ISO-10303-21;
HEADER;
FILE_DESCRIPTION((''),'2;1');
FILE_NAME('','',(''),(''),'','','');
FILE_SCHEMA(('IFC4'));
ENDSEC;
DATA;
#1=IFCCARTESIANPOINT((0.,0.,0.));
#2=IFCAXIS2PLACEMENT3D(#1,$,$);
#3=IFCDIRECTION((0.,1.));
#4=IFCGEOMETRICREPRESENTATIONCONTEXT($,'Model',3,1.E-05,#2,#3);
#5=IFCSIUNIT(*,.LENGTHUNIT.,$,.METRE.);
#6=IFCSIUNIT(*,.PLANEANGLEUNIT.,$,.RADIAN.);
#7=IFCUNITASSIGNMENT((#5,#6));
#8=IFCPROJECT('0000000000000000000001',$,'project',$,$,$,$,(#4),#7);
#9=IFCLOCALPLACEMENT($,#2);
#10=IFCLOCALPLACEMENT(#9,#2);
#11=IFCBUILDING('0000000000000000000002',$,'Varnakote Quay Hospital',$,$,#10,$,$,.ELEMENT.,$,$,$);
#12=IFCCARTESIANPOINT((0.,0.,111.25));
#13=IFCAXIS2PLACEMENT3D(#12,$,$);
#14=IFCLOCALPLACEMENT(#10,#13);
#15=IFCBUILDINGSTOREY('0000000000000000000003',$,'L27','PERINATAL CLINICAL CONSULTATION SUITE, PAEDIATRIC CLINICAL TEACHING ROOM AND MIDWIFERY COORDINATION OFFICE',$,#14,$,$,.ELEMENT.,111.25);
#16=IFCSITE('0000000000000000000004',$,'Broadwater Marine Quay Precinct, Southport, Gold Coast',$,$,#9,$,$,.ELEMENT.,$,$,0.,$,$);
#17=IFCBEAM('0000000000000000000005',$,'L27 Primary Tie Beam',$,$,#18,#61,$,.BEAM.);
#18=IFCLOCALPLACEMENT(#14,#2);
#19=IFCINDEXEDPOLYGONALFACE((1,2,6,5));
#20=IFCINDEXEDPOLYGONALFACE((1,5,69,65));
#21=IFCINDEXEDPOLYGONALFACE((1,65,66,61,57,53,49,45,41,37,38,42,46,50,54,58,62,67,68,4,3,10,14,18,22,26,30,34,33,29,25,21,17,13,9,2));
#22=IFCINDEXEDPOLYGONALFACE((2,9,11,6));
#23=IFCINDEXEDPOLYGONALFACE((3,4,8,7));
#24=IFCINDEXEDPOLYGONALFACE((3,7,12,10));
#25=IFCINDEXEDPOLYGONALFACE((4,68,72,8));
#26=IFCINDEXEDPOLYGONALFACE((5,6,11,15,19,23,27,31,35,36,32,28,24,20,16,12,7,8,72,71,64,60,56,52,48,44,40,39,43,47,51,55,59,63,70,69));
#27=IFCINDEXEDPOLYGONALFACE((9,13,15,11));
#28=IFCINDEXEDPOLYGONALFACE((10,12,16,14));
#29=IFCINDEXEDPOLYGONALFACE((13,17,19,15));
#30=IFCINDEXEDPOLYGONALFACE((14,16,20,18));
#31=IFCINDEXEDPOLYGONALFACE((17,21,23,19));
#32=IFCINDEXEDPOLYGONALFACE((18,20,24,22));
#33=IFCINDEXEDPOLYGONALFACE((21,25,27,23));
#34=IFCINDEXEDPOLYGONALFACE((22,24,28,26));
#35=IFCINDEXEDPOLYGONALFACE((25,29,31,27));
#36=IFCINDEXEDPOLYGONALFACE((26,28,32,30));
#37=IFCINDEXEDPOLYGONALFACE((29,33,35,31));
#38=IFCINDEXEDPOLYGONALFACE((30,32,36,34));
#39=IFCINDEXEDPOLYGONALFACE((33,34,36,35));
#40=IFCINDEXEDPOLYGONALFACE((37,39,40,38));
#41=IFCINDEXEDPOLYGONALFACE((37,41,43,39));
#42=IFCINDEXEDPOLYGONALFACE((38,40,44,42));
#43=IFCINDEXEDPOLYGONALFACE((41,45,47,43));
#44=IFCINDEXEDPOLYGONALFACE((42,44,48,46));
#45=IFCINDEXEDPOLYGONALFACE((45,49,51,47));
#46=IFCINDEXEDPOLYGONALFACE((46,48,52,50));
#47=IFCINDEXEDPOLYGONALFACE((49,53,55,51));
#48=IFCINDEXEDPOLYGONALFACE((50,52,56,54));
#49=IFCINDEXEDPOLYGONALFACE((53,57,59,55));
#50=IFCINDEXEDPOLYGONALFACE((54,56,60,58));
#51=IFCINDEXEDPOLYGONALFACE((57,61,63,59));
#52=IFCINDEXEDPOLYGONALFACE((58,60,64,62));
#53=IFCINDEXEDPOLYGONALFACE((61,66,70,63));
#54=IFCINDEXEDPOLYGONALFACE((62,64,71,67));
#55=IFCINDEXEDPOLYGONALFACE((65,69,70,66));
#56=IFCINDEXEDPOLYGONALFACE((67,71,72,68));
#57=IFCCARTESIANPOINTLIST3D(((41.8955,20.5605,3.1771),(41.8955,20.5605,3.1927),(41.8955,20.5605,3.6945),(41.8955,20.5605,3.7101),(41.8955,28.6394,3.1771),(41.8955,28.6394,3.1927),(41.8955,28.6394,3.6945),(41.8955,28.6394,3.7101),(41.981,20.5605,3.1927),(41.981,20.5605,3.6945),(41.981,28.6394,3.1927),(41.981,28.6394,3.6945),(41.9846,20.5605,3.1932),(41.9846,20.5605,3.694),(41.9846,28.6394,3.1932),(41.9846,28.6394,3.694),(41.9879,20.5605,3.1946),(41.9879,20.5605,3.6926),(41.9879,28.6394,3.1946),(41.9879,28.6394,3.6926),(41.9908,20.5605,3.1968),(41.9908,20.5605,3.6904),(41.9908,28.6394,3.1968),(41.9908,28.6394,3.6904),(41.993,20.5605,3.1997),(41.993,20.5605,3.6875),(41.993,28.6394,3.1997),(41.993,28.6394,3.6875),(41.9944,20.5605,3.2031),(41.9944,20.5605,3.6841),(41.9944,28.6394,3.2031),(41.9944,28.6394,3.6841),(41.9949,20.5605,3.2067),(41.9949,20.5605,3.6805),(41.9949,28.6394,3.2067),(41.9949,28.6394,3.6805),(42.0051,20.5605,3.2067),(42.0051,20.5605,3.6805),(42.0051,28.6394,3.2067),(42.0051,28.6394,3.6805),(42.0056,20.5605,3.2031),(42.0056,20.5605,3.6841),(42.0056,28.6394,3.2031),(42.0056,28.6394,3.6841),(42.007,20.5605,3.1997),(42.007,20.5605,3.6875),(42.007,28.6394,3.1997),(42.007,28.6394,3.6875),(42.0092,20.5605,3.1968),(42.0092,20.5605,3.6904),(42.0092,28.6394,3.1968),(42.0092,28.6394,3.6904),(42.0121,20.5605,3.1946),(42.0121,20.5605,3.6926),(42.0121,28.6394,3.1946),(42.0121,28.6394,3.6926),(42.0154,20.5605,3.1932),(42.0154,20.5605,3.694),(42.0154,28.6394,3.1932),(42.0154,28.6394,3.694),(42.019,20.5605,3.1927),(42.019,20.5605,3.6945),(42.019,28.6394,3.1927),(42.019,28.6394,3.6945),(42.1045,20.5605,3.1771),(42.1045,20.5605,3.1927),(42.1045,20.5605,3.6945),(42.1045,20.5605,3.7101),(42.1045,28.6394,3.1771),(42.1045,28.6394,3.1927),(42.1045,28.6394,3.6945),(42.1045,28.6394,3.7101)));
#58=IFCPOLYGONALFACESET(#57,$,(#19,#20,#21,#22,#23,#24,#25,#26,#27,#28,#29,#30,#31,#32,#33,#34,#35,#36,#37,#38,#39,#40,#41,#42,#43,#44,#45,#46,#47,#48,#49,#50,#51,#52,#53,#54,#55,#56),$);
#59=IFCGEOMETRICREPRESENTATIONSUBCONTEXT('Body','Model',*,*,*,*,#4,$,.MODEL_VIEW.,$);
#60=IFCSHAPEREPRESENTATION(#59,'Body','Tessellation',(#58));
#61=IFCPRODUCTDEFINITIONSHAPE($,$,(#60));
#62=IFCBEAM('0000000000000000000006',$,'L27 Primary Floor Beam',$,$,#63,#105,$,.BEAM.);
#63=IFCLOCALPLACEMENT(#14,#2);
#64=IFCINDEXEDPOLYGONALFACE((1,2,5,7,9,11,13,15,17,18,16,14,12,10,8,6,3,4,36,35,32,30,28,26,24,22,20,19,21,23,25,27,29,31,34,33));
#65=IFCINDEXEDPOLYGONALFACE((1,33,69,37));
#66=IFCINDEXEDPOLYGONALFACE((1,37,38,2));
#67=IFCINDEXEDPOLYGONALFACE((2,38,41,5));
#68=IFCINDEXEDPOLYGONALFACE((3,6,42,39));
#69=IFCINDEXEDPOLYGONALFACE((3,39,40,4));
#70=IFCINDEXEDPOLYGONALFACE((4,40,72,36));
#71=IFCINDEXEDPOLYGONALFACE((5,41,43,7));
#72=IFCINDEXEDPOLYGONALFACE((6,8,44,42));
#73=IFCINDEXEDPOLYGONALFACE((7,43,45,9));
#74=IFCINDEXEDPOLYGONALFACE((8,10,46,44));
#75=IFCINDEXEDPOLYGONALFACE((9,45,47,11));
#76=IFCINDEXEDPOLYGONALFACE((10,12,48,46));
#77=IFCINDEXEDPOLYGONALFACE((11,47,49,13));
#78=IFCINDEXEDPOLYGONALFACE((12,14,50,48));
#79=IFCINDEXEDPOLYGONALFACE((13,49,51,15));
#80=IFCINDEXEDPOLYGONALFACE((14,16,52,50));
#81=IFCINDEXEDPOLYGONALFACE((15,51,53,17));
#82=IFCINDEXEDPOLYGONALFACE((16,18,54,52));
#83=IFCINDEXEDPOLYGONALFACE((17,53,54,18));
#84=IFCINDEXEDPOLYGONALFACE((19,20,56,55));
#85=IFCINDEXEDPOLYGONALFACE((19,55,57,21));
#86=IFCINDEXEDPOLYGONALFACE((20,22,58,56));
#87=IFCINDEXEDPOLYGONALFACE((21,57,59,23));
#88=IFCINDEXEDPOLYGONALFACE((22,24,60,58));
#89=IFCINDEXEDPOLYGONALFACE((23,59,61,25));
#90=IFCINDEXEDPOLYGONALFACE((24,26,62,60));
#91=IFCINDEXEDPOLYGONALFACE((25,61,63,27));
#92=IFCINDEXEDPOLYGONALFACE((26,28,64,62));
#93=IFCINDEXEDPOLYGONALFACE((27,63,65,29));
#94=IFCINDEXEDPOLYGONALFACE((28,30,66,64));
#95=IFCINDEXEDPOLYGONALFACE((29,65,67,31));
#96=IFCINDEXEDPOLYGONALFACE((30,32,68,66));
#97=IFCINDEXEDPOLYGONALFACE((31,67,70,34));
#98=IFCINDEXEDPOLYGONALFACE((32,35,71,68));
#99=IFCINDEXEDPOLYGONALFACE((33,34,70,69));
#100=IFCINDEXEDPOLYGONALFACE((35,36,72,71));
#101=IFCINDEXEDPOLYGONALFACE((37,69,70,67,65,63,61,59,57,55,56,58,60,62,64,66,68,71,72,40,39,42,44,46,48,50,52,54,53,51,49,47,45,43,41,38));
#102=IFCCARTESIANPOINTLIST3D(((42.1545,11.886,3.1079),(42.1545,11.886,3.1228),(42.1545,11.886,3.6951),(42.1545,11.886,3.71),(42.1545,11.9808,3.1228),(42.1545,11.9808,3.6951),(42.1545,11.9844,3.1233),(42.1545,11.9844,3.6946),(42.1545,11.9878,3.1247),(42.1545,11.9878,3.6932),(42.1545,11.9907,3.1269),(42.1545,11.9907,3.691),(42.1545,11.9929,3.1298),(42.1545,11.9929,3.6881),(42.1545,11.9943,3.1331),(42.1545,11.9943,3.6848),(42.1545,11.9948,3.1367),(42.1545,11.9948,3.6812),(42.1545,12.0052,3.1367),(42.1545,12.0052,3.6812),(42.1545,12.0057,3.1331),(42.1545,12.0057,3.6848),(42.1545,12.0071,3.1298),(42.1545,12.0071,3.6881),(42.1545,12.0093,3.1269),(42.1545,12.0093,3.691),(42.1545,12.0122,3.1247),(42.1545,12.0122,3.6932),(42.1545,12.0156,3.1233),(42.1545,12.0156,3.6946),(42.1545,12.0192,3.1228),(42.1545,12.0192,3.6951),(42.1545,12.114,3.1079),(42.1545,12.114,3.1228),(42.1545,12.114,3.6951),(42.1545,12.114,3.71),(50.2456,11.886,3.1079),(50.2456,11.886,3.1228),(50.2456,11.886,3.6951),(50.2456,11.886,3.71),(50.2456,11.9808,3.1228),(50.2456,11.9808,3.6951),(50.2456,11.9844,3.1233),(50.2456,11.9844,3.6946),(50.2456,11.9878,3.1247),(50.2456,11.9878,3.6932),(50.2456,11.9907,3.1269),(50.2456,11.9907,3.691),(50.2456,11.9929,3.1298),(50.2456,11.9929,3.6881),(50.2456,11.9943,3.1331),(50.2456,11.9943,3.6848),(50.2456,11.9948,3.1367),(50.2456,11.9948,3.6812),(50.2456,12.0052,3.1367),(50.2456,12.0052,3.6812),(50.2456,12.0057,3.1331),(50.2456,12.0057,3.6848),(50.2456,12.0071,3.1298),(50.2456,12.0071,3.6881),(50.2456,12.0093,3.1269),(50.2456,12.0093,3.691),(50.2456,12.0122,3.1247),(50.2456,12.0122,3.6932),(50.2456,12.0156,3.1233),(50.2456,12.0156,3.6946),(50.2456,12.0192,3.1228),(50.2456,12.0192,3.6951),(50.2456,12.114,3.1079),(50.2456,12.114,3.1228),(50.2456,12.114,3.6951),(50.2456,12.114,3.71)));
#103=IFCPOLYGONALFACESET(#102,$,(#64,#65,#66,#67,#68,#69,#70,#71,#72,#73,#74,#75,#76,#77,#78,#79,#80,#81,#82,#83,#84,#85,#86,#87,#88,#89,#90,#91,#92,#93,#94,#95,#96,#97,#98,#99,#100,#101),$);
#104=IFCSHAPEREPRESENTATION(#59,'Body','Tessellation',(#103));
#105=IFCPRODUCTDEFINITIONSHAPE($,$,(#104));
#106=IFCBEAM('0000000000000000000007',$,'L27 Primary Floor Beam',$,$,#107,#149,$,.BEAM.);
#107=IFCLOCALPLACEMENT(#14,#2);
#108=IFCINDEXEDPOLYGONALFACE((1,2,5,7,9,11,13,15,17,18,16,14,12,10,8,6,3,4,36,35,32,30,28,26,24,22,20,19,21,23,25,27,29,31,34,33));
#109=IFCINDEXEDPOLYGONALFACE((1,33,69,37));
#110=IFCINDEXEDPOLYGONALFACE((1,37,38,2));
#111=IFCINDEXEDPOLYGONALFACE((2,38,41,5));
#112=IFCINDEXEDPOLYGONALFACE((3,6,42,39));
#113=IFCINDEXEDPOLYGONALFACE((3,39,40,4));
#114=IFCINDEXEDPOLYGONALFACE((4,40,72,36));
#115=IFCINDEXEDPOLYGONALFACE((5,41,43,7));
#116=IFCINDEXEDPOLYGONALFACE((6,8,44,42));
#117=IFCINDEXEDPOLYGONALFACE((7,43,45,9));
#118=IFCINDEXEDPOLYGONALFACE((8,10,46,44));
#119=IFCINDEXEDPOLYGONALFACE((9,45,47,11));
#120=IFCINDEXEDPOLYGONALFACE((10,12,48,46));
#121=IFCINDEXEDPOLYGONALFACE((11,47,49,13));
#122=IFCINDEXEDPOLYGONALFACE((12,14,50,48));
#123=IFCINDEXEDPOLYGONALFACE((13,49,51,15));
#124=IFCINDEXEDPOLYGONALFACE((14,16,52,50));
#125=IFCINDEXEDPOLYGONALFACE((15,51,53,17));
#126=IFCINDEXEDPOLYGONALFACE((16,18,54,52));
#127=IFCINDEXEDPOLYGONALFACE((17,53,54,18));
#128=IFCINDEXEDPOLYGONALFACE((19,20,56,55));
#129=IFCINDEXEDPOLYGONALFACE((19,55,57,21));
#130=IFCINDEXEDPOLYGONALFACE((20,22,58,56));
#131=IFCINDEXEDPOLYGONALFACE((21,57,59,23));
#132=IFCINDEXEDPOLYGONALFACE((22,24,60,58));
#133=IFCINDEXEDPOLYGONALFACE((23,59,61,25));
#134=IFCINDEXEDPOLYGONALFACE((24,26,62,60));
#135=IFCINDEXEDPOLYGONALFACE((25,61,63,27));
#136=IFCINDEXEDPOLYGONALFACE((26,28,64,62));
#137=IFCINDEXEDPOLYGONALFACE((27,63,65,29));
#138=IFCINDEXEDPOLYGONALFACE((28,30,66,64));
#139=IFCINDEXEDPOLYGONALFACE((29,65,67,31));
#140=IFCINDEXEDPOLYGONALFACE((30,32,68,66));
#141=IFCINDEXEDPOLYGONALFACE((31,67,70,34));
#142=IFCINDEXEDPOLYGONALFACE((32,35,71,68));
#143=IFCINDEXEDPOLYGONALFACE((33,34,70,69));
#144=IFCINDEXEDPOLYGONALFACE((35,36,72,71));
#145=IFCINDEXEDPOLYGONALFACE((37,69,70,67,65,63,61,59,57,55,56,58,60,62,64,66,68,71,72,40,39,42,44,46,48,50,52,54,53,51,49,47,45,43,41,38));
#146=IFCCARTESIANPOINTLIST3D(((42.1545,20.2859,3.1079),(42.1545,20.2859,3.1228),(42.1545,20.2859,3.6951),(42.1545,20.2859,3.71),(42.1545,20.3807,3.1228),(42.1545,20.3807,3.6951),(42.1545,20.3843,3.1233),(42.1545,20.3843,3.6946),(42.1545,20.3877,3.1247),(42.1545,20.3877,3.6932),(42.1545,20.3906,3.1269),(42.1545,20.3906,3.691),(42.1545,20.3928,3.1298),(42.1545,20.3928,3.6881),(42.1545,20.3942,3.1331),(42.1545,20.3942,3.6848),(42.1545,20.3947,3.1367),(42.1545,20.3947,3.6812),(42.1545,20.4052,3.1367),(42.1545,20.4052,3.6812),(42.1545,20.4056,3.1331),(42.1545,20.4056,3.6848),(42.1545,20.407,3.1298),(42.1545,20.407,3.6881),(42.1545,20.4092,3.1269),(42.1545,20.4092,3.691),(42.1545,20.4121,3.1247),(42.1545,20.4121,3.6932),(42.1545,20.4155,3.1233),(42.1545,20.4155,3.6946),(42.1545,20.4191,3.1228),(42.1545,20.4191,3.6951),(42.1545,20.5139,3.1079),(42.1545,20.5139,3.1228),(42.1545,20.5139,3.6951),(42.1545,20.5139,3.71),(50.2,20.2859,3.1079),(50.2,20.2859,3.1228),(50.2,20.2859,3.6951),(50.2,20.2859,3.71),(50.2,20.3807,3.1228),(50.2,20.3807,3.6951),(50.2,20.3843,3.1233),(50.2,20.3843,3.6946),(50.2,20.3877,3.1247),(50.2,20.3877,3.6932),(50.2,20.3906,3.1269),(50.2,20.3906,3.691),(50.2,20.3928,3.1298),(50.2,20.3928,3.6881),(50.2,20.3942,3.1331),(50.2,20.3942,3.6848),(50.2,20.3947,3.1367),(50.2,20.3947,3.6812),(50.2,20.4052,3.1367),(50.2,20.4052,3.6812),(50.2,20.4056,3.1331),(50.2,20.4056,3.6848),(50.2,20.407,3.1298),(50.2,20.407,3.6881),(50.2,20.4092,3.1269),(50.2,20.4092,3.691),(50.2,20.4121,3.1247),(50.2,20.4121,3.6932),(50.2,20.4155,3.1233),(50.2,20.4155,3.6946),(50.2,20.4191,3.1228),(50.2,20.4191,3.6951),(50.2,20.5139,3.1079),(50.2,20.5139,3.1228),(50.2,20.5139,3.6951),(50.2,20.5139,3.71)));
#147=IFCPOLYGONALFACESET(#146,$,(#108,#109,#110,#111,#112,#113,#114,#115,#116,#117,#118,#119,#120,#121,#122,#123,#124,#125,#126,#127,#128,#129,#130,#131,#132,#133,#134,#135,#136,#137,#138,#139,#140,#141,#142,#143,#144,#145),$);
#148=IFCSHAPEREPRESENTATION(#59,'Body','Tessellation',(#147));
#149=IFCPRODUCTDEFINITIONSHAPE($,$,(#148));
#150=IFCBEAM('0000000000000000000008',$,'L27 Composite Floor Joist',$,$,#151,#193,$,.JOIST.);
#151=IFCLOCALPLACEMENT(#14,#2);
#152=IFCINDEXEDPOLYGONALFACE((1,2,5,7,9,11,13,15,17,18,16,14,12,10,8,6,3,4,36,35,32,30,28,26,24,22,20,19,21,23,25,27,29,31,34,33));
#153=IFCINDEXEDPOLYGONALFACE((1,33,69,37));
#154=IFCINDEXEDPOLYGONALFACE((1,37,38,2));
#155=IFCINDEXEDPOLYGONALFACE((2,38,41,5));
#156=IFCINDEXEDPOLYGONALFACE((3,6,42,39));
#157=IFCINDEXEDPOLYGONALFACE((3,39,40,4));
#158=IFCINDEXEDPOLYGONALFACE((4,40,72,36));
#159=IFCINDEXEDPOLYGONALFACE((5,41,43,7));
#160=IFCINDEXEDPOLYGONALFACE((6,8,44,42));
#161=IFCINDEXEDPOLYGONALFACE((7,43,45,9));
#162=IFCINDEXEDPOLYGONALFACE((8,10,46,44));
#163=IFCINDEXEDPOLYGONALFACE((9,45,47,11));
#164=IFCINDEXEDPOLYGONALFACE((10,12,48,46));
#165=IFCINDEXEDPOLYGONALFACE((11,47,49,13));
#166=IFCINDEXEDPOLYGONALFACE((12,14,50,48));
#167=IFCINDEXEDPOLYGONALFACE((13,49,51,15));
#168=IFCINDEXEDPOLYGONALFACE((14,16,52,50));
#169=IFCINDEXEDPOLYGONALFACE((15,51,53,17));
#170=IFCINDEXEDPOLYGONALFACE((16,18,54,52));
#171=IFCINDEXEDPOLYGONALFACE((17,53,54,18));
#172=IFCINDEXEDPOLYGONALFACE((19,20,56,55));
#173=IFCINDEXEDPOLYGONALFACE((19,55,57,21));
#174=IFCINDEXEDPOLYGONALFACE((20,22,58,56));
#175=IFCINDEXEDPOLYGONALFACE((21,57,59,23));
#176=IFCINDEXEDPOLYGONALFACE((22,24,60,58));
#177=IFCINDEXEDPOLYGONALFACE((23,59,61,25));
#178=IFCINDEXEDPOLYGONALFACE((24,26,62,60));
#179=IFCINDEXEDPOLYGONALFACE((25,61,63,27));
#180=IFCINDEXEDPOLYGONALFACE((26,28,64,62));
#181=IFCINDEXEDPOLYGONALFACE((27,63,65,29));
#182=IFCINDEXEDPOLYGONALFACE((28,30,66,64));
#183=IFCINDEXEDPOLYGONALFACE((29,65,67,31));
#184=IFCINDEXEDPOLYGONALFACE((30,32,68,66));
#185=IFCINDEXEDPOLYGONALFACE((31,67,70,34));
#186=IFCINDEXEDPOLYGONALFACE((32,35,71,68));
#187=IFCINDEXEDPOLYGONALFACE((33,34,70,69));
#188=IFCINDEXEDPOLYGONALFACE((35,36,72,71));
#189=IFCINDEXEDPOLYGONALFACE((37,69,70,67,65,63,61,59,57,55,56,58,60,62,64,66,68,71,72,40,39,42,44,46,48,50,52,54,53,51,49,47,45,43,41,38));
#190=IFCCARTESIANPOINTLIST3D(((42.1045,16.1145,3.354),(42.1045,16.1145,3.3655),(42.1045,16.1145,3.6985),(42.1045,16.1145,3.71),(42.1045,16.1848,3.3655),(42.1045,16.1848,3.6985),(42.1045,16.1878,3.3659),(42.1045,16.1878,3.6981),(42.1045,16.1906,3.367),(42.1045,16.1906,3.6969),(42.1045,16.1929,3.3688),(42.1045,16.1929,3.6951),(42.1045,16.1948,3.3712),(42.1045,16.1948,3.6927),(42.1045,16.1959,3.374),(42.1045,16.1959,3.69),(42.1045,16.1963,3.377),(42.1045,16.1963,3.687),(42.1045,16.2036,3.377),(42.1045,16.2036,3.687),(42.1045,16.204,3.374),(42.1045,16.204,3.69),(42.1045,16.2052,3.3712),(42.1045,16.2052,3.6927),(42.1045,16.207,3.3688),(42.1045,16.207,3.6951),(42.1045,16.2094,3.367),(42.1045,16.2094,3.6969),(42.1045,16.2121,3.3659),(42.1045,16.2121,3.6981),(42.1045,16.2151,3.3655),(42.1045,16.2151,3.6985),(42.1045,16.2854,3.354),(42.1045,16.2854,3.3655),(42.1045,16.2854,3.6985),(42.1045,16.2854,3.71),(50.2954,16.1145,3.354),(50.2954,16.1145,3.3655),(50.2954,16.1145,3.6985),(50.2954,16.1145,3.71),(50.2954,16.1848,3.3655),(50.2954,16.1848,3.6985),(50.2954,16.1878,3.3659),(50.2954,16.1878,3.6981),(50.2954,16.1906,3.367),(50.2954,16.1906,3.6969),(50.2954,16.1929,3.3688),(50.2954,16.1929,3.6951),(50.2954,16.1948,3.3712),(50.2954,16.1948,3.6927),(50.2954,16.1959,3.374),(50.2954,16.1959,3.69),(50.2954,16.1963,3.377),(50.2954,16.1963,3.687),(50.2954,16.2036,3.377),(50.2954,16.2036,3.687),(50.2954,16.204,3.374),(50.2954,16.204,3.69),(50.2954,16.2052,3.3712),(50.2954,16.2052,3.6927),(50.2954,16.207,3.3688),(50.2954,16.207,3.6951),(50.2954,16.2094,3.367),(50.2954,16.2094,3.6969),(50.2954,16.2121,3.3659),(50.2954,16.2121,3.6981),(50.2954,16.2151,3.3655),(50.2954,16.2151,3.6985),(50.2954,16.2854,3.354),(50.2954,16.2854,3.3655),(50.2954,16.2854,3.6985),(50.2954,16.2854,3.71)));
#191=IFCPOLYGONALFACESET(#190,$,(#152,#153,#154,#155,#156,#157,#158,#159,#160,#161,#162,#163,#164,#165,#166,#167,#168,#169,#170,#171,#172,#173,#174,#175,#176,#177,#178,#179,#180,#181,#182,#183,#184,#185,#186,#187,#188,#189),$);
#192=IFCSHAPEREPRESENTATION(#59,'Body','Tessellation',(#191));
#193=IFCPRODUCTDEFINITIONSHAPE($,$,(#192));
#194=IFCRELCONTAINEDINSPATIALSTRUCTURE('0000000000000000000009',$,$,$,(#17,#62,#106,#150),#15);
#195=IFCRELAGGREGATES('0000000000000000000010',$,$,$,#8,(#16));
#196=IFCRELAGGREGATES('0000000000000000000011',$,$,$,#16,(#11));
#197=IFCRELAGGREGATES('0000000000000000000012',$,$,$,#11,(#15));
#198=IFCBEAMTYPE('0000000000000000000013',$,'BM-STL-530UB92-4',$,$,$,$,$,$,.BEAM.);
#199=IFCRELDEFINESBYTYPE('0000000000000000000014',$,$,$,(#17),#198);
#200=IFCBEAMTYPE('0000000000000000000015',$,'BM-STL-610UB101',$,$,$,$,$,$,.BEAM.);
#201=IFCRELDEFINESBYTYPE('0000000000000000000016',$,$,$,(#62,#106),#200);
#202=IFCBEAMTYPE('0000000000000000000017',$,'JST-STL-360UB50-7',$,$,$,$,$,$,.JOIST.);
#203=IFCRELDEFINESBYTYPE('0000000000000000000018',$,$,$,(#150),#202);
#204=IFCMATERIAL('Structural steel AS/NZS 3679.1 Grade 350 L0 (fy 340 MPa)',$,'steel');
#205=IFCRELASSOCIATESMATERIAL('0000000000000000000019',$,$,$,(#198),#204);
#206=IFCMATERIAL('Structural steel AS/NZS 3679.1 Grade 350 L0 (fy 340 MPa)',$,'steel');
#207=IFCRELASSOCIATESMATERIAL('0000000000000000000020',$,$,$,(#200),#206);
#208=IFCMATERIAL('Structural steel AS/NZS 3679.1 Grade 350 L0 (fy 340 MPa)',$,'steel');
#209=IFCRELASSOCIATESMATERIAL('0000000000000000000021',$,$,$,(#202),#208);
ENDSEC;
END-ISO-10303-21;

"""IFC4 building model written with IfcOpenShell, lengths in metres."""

from ifc_helpers import new_model, si_unit, direction, frame, origin, origin_2d, place, context, subcontext, project, spatial, i_section, extrude, material, material_profile, profile_set, type_object, element, save


model = new_model("IFC4")

# Units and contexts
model_context = context("Model", 3, precision=1e-05, world=origin(), true_north=direction((0.0, 1.0)))
body_context = subcontext(model_context, "Body", "Model", "MODEL_VIEW")
ifc_project = project(units=[si_unit("LENGTHUNIT", "METRE"), si_unit("PLANEANGLEUNIT", "RADIAN")], contexts=[model_context])

# Site, building, storey
site_placement = place(None, origin())
site = spatial("IfcSite", under=ifc_project, at=site_placement, Name="Broadwater Marine Quay Precinct, Southport, Gold Coast", CompositionType="ELEMENT", RefElevation=0.0)
building_placement = place(site_placement, origin())
building = spatial("IfcBuilding", under=site, at=building_placement, Name="Varnakote Quay Hospital", CompositionType="ELEMENT")
storey_placement = place(building_placement, frame((0.0, 0.0, 111.25)))
storey = spatial("IfcBuildingStorey", under=building, at=storey_placement, Name="L27", Description="PERINATAL CLINICAL CONSULTATION SUITE, PAEDIATRIC CLINICAL TEACHING ROOM AND MIDWIFERY COORDINATION OFFICE", CompositionType="ELEMENT", Elevation=111.25)

# Beams
ifc_material_1 = material(Name="Structural steel AS/NZS 3679.1 Grade 350 L0 (fy 340 MPa)", Category="steel")
ifc_material_profile_1 = material_profile(ifc_material_1, i_section(OverallWidth=0.209, OverallDepth=0.533, WebThickness=0.0103, FlangeThickness=0.0156, FilletRadius=0.0139, at=origin_2d()), Name="530UB92.4")
ifc_profile_set_1 = profile_set([ifc_material_profile_1], Name="Structural steel AS/NZS 3679.1 Grade 350 L0 (fy 340 MPa)")
beam_type_1 = type_object("IfcBeamType", Name="BM-STL-530UB92-4", PredefinedType="BEAM", material=ifc_profile_set_1)
beam_1_placement = place(storey_placement, frame((42.0, 20.5605, 3.4436), z_axis=(0.0, 1.0, 0.0), x_axis=(-1.0, 0.0, 0.0)))
element("IfcBeam", 1, at=beam_1_placement, inside=storey, type_object=beam_type_1, Name="L27 Primary Tie Beam", PredefinedType="BEAM", context=body_context, shape_type="SweptSolid", body=[
    extrude(i_section(OverallWidth=0.209, OverallDepth=0.533, WebThickness=0.0103, FlangeThickness=0.0156, FilletRadius=0.0139, at=origin_2d()), origin(), (0.0, 0.0, 1.0), 8.0789),
])
ifc_material_2 = material(Name="Structural steel AS/NZS 3679.1 Grade 350 L0 (fy 340 MPa)", Category="steel")
ifc_material_profile_2 = material_profile(ifc_material_2, i_section(OverallWidth=0.228, OverallDepth=0.6021, WebThickness=0.0105, FlangeThickness=0.0149, FilletRadius=0.0139, at=origin_2d()), Name="610UB101")
ifc_profile_set_2 = profile_set([ifc_material_profile_2], Name="Structural steel AS/NZS 3679.1 Grade 350 L0 (fy 340 MPa)")
beam_type_2 = type_object("IfcBeamType", Name="BM-STL-610UB101", PredefinedType="BEAM", material=ifc_profile_set_2)
beam_2_placement = place(storey_placement, frame((42.1545, 12.0, 3.4089), z_axis=(1.0, 0.0, 0.0), x_axis=(0.0, 1.0, 0.0)))
element("IfcBeam", 2, at=beam_2_placement, inside=storey, type_object=beam_type_2, Name="L27 Primary Floor Beam", PredefinedType="BEAM", context=body_context, shape_type="SweptSolid", body=[
    extrude(i_section(OverallWidth=0.228, OverallDepth=0.6021, WebThickness=0.0105, FlangeThickness=0.0149, FilletRadius=0.0139, at=origin_2d()), origin(), (0.0, 0.0, 1.0), 8.0911),
])
beam_3_placement = place(storey_placement, frame((42.1545, 20.3999, 3.4089), z_axis=(1.0, 0.0, 0.0), x_axis=(0.0, 1.0, 0.0)))
element("IfcBeam", 3, at=beam_3_placement, inside=storey, type_object=beam_type_2, Name="L27 Primary Floor Beam", PredefinedType="BEAM", context=body_context, shape_type="SweptSolid", body=[
    extrude(i_section(OverallWidth=0.228, OverallDepth=0.6021, WebThickness=0.0105, FlangeThickness=0.0149, FilletRadius=0.0139, at=origin_2d()), origin(), (0.0, 0.0, 1.0), 8.0454),
])
ifc_material_3 = material(Name="Structural steel AS/NZS 3679.1 Grade 350 L0 (fy 340 MPa)", Category="steel")
ifc_material_profile_3 = material_profile(ifc_material_3, i_section(OverallWidth=0.1709, OverallDepth=0.356, WebThickness=0.0073, FlangeThickness=0.0115, FilletRadius=0.0115, at=origin_2d()), Name="360UB50.7")
ifc_profile_set_3 = profile_set([ifc_material_profile_3], Name="Structural steel AS/NZS 3679.1 Grade 350 L0 (fy 340 MPa)")
beam_type_3 = type_object("IfcBeamType", Name="JST-STL-360UB50-7", PredefinedType="JOIST", material=ifc_profile_set_3)
beam_4_placement = place(storey_placement, frame((42.1045, 16.2, 3.532), z_axis=(1.0, 0.0, 0.0), x_axis=(0.0, 1.0, 0.0)))
element("IfcBeam", 4, at=beam_4_placement, inside=storey, type_object=beam_type_3, Name="L27 Composite Floor Joist", PredefinedType="JOIST", context=body_context, shape_type="SweptSolid", body=[
    extrude(i_section(OverallWidth=0.1709, OverallDepth=0.356, WebThickness=0.0073, FlangeThickness=0.0115, FilletRadius=0.0115, at=origin_2d()), origin(), (0.0, 0.0, 1.0), 8.1909),
])

save(model, "model.ifc")
